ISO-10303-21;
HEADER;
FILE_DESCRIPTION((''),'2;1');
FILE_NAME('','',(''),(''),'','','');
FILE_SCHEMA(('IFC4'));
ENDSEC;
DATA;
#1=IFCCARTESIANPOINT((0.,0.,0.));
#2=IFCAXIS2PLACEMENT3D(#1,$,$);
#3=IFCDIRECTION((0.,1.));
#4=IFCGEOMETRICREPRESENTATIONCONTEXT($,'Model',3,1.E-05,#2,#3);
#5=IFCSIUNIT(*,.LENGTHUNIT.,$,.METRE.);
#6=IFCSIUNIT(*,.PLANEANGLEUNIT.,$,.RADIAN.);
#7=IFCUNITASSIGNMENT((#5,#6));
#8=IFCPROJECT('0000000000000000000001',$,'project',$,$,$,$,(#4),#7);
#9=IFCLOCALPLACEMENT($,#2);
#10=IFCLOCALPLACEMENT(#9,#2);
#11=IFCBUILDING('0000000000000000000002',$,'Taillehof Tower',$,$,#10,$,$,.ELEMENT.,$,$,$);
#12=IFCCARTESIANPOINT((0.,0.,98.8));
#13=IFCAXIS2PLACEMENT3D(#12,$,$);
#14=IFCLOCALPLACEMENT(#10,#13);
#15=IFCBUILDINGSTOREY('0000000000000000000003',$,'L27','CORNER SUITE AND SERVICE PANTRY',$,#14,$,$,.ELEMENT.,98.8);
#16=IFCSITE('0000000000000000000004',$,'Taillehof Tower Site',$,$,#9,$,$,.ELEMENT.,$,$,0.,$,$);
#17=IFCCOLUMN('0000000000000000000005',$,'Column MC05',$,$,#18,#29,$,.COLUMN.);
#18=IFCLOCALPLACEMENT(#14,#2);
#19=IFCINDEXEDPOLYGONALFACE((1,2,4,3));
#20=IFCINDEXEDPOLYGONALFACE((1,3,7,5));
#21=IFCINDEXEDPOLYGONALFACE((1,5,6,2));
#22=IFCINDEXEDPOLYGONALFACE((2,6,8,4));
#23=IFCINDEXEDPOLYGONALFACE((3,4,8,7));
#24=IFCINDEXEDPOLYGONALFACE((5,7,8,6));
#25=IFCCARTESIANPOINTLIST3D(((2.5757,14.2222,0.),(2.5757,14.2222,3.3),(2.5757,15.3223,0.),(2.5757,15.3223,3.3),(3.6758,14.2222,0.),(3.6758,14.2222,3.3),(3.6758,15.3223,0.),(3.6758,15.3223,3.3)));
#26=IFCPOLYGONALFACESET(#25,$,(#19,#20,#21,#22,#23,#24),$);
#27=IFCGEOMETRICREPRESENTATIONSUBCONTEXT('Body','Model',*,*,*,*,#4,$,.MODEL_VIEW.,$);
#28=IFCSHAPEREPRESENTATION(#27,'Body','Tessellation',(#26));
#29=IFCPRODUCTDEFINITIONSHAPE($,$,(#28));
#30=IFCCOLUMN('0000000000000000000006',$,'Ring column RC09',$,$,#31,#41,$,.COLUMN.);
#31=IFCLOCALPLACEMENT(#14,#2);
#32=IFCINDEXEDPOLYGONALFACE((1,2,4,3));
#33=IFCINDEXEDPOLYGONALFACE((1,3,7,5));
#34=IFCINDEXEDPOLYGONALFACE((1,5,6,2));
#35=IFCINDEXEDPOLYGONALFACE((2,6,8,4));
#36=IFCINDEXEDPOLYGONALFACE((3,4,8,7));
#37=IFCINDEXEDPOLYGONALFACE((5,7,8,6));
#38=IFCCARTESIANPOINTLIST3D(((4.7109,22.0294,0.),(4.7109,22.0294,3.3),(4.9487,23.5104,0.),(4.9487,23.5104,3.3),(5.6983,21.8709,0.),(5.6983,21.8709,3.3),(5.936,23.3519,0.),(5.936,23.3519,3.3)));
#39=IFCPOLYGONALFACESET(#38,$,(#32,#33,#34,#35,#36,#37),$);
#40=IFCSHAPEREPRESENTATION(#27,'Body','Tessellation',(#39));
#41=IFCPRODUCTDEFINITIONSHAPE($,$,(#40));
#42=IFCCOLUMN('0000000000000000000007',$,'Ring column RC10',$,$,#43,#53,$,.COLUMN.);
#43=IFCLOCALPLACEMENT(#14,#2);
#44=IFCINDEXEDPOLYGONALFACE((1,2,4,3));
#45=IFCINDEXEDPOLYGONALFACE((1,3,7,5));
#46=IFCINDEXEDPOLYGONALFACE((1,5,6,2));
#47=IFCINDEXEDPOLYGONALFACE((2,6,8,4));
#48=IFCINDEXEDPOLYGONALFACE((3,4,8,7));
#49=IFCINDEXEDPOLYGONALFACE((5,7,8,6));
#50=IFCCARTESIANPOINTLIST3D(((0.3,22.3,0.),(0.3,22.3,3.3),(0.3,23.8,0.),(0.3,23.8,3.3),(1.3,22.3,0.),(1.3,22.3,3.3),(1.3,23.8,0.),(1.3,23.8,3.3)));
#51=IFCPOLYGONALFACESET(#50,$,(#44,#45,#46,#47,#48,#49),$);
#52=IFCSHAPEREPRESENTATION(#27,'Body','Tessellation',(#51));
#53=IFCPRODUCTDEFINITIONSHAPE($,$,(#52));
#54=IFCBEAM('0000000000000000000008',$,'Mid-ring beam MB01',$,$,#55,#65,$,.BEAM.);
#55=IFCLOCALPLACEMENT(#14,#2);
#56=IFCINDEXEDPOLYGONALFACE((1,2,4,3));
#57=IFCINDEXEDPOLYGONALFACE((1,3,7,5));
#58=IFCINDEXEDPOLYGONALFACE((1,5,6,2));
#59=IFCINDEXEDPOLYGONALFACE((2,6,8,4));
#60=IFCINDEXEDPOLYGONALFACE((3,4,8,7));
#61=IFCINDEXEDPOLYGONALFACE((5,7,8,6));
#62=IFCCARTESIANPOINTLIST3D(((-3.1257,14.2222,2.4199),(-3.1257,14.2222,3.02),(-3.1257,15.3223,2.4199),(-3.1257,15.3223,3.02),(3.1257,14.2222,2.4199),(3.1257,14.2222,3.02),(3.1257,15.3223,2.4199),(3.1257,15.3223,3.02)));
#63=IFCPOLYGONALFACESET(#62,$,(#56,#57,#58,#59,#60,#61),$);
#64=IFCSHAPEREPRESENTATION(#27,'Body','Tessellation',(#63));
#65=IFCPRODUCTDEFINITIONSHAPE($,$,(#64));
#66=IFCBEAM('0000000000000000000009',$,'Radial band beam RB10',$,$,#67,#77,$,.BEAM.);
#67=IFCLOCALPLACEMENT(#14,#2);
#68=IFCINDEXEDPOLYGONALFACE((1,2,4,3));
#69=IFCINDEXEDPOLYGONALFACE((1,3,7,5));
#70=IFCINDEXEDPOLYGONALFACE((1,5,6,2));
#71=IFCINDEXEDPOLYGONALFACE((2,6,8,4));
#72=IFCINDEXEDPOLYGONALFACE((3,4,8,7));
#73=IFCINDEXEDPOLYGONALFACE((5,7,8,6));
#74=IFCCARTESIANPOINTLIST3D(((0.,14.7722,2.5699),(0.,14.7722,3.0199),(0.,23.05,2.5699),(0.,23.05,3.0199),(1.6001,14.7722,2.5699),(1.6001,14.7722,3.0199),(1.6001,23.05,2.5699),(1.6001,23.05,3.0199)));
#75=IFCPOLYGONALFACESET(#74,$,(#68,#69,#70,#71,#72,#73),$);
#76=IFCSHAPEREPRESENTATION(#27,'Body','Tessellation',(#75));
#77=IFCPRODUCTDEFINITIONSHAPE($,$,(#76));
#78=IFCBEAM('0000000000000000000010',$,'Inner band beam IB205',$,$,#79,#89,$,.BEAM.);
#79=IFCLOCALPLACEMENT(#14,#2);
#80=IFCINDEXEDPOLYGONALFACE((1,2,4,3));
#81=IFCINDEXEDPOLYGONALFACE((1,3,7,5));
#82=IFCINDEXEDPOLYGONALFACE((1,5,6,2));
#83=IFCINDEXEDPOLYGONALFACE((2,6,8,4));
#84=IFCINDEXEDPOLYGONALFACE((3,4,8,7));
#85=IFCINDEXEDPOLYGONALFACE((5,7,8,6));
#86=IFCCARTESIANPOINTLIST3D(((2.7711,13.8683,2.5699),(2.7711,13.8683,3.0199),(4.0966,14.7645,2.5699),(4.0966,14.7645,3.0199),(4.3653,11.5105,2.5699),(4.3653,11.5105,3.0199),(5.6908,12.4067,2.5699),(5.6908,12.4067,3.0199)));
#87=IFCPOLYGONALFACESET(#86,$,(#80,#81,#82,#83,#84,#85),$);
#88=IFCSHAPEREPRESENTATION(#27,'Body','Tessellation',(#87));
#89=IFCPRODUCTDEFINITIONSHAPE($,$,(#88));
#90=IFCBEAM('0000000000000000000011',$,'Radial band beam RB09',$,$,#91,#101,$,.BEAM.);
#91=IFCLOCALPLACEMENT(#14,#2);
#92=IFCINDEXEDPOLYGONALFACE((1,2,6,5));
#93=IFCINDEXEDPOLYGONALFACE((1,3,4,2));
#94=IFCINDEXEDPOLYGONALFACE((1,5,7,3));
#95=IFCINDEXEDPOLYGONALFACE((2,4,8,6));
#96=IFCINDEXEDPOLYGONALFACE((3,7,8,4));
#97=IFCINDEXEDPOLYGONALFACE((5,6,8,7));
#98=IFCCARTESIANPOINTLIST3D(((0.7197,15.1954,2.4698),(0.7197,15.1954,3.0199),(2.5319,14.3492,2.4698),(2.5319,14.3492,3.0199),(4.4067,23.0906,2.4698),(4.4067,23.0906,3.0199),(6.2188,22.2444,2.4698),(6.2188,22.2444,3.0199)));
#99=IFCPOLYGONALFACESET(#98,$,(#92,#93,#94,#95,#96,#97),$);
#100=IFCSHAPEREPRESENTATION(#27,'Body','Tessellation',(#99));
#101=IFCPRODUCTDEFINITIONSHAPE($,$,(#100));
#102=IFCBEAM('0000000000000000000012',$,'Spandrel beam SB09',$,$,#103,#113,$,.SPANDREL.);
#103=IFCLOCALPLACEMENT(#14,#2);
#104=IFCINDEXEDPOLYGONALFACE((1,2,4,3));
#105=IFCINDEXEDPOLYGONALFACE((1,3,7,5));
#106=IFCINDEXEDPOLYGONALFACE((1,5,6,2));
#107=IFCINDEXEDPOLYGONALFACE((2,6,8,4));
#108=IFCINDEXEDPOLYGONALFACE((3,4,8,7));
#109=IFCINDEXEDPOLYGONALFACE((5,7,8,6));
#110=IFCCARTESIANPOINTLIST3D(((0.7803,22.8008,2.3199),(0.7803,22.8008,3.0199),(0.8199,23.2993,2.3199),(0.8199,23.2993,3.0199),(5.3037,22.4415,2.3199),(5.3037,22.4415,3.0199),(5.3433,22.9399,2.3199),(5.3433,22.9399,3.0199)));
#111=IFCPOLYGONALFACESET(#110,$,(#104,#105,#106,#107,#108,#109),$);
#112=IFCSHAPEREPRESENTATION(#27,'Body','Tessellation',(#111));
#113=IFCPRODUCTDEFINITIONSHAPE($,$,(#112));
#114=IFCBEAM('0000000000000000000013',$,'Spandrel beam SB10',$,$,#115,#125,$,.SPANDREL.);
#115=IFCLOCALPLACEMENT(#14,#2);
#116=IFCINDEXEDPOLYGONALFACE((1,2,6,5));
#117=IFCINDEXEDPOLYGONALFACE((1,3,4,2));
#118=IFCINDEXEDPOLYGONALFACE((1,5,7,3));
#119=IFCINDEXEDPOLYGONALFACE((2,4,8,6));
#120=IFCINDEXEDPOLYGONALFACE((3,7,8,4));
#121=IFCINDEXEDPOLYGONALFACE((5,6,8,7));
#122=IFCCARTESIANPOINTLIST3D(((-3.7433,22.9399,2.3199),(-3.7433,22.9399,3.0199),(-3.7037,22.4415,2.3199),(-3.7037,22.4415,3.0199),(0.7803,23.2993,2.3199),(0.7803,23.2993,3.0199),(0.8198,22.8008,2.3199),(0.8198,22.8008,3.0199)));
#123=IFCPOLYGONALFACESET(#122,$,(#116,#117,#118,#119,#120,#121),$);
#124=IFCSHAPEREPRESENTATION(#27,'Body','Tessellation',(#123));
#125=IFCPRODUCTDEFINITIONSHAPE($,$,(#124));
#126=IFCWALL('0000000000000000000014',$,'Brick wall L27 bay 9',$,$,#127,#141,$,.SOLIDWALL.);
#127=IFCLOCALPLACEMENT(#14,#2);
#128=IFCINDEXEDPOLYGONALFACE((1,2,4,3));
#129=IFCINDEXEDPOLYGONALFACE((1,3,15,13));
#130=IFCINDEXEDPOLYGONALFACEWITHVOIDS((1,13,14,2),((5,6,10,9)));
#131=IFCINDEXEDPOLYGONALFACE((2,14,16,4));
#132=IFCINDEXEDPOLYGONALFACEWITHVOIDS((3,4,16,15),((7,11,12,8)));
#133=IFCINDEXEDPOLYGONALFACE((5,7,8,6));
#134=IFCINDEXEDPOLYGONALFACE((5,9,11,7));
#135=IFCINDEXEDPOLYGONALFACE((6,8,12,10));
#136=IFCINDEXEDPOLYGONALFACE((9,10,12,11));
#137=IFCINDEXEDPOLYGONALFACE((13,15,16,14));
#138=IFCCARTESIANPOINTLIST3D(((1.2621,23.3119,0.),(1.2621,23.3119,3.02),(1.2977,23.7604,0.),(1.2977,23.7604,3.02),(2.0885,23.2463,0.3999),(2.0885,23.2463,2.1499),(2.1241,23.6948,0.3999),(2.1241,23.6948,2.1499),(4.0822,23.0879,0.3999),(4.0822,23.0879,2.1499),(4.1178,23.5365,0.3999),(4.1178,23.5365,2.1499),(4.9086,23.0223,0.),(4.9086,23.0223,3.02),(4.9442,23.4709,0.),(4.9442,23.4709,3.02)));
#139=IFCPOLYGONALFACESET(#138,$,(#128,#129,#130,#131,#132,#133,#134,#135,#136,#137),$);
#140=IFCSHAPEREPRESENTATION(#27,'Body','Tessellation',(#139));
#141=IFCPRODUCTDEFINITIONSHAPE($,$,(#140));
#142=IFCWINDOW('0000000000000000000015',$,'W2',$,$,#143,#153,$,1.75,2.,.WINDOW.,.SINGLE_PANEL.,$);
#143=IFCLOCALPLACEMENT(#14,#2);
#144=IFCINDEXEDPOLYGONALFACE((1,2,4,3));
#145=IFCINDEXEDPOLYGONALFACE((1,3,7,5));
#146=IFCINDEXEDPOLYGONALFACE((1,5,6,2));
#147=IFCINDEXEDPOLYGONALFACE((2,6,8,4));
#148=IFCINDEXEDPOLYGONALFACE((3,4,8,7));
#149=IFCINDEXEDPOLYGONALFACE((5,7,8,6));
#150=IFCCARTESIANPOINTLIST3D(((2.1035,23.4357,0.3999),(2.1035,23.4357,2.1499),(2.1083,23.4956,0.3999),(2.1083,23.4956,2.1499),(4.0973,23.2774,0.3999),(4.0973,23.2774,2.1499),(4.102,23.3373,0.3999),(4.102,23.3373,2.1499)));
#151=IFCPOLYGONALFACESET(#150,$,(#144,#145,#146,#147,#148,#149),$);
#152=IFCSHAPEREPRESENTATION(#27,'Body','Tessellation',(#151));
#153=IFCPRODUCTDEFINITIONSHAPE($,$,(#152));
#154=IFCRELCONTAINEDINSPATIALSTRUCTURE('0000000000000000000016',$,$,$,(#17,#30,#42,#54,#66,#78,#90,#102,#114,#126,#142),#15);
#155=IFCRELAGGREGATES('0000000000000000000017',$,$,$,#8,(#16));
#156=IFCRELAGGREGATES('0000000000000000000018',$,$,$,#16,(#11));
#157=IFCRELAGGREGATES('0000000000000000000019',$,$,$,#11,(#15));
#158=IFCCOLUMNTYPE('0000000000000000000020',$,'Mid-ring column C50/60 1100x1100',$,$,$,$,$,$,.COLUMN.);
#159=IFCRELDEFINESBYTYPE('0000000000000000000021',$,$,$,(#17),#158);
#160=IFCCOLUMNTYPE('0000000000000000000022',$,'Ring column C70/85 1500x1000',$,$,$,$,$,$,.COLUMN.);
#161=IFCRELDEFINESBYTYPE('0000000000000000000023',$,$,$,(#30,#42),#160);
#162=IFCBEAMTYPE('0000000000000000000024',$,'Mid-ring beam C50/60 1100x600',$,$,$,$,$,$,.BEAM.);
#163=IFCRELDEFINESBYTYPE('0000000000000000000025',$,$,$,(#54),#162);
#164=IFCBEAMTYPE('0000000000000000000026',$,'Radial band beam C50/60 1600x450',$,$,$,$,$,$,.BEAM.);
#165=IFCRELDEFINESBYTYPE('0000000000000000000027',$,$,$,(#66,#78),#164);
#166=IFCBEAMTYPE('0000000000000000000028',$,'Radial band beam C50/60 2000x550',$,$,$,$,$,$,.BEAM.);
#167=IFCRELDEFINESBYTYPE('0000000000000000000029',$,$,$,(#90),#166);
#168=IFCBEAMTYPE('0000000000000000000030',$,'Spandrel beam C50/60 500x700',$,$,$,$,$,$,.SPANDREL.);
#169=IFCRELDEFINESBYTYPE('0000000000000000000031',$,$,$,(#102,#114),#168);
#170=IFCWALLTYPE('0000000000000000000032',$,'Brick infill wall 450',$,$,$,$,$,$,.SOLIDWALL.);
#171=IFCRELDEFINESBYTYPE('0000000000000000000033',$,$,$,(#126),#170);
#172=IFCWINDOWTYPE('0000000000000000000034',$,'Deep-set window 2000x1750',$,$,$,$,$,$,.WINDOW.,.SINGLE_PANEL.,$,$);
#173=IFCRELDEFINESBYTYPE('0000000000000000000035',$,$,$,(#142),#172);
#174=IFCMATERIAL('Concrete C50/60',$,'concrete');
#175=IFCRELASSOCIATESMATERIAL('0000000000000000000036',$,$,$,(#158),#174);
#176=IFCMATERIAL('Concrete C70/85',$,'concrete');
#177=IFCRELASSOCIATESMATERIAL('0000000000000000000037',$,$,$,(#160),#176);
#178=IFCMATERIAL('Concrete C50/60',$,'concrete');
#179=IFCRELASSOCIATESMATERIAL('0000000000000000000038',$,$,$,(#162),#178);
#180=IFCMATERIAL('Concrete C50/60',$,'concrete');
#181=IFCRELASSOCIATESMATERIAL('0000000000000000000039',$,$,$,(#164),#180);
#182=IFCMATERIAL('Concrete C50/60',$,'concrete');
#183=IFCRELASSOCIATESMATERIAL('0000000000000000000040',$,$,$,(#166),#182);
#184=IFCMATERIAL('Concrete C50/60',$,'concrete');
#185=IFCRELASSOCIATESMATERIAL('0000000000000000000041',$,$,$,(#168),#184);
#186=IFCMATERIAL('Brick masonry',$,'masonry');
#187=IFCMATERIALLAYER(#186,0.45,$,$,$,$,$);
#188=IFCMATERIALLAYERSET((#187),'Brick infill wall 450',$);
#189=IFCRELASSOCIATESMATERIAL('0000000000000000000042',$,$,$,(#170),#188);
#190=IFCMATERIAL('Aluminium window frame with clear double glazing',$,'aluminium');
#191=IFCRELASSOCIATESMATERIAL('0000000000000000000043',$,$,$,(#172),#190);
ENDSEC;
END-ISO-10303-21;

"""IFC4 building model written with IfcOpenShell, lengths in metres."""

from ifc_helpers import new_model, si_unit, direction, frame, frame_2d, origin, origin_2d, place, context, subcontext, project, spatial, rectangle, extrude, material, layer, layer_set, material_profile, profile_set, type_object, element, fill, save


model = new_model("IFC4")

# Units and contexts
model_context = context("Model", 3, precision=1e-05, world=origin(), true_north=direction((0.0, 1.0)))
body_context = subcontext(model_context, "Body", "Model", "MODEL_VIEW")
ifc_project = project(units=[si_unit("LENGTHUNIT", "METRE"), si_unit("PLANEANGLEUNIT", "RADIAN")], contexts=[model_context])

# Site, building, storey
site_placement = place(None, origin())
site = spatial("IfcSite", under=ifc_project, at=site_placement, Name="Taillehof Tower Site", CompositionType="ELEMENT", RefElevation=0.0)
building_placement = place(site_placement, origin())
building = spatial("IfcBuilding", under=site, at=building_placement, Name="Taillehof Tower", CompositionType="ELEMENT")
storey_placement = place(building_placement, frame((0.0, 0.0, 98.8)))
storey = spatial("IfcBuildingStorey", under=building, at=storey_placement, Name="L27", Description="CORNER SUITE AND SERVICE PANTRY", CompositionType="ELEMENT", Elevation=98.8)

# Columns
ifc_material_1 = material(Name="Concrete C50/60", Category="concrete")
ifc_material_profile_1 = material_profile(ifc_material_1, rectangle(XDim=1.1001, YDim=1.1001, at=origin_2d()), Name="RC 1100x1100")
ifc_profile_set_1 = profile_set([ifc_material_profile_1], Name="Concrete C50/60")
column_type_1 = type_object("IfcColumnType", Name="Mid-ring column C50/60 1100x1100", PredefinedType="COLUMN", material=ifc_profile_set_1)
column_placement = place(storey_placement, frame((3.1257, 14.7722, 0.0), z_axis=(0.0, 0.0, 1.0), x_axis=(1.0, 0.0, 0.0)))
element("IfcColumn", 1, at=column_placement, inside=storey, type_object=column_type_1, Name="Column MC05", PredefinedType="COLUMN", context=body_context, shape_type="SweptSolid", body=[
    extrude(rectangle(XDim=1.1001, YDim=1.1001, at=origin_2d()), origin(), (0.0, 0.0, 1.0), 3.3),
])
ifc_material_2 = material(Name="Concrete C70/85", Category="concrete")
ifc_material_profile_2 = material_profile(ifc_material_2, rectangle(XDim=1.5, YDim=1.0, at=origin_2d()), Name="RC 1500x1000")
ifc_profile_set_2 = profile_set([ifc_material_profile_2], Name="Concrete C70/85")
column_type_2 = type_object("IfcColumnType", Name="Ring column C70/85 1500x1000", PredefinedType="COLUMN", material=ifc_profile_set_2)
for number, where, z_axis, x_axis, name in (
    (2, (5.3235, 22.6907, 0.0), (0.0, 0.0, 1.0), (0.158507, 0.987358, 0.0), "Ring column RC09"),
    (3, (0.8, 23.05, 0.0), (0.0, 0.0, 1.0), (0.0, 1.0, 0.0), "Ring column RC10"),
):
    element("IfcColumn", number, at=place(storey_placement, frame(where, z_axis=z_axis, x_axis=x_axis)), inside=storey, type_object=column_type_2, Name=name, PredefinedType="COLUMN", context=body_context, shape_type="SweptSolid", body=[
        extrude(rectangle(XDim=1.5, YDim=1.0, at=origin_2d()), origin(), (0.0, 0.0, 1.0), 3.3),
    ])

# Beams
ifc_material_3 = material(Name="Concrete C50/60", Category="concrete")
ifc_material_profile_3 = material_profile(ifc_material_3, rectangle(XDim=1.1001, YDim=0.6001, at=origin_2d()), Name="RC 1100x600")
ifc_profile_set_3 = profile_set([ifc_material_profile_3], Name="Concrete C50/60")
beam_type_1 = type_object("IfcBeamType", Name="Mid-ring beam C50/60 1100x600", PredefinedType="BEAM", material=ifc_profile_set_3)
beam_1_placement = place(storey_placement, frame((3.1257, 14.7722, 2.72), z_axis=(-1.0, 0.0, 0.0), x_axis=(0.0, -1.0, 0.0)))
element("IfcBeam", 4, at=beam_1_placement, inside=storey, type_object=beam_type_1, Name="Mid-ring beam MB01", PredefinedType="BEAM", context=body_context, shape_type="SweptSolid", body=[
    extrude(rectangle(XDim=1.1001, YDim=0.6001, at=origin_2d()), origin(), (0.0, 0.0, 1.0), 6.2515),
])
ifc_material_4 = material(Name="Concrete C50/60", Category="concrete")
ifc_material_profile_4 = material_profile(ifc_material_4, rectangle(XDim=1.6001, YDim=0.45, at=origin_2d()), Name="RC 1600x450")
ifc_profile_set_4 = profile_set([ifc_material_profile_4], Name="Concrete C50/60")
beam_type_2 = type_object("IfcBeamType", Name="Radial band beam C50/60 1600x450", PredefinedType="BEAM", material=ifc_profile_set_4)
beam_2_placement = place(storey_placement, frame((0.8, 23.05, 2.7949), z_axis=(0.0, -1.0, 0.0), x_axis=(1.0, 0.0, 0.0)))
element("IfcBeam", 5, at=beam_2_placement, inside=storey, type_object=beam_type_2, Name="Radial band beam RB10", PredefinedType="BEAM", context=body_context, shape_type="SweptSolid", body=[
    extrude(rectangle(XDim=1.6001, YDim=0.45, at=origin_2d()), origin(), (0.0, 0.0, 1.0), 8.2778),
])
beam_3_placement = place(storey_placement, frame((3.4338, 14.3164, 2.7949), z_axis=(0.560112, -0.828417, 0.0), x_axis=(0.828417, 0.560112, 0.0)))
element("IfcBeam", 6, at=beam_3_placement, inside=storey, type_object=beam_type_2, Name="Inner band beam IB205", PredefinedType="BEAM", context=body_context, shape_type="SweptSolid", body=[
    extrude(rectangle(XDim=1.6001, YDim=0.45, at=origin_2d()), origin(), (0.0, 0.0, 1.0), 2.8462),
])
ifc_material_5 = material(Name="Concrete C50/60", Category="concrete")
ifc_material_profile_5 = material_profile(ifc_material_5, rectangle(XDim=2.0, YDim=0.55, at=origin_2d()), Name="RC 2000x550")
ifc_profile_set_5 = profile_set([ifc_material_profile_5], Name="Concrete C50/60")
beam_type_3 = type_object("IfcBeamType", Name="Radial band beam C50/60 2000x550", PredefinedType="BEAM", material=ifc_profile_set_5)
beam_4_placement = place(storey_placement, frame((5.3127, 22.6675, 2.7449), z_axis=(-0.423126, -0.906071, 0.0), x_axis=(0.906071, -0.423126, 0.0)))
element("IfcBeam", 7, at=beam_4_placement, inside=storey, type_object=beam_type_3, Name="Radial band beam RB09", PredefinedType="BEAM", context=body_context, shape_type="SweptSolid", body=[
    extrude(rectangle(XDim=2.0, YDim=0.55, at=origin_2d()), origin(), (0.0, 0.0, 1.0), 8.7136),
])
ifc_material_6 = material(Name="Concrete C50/60", Category="concrete")
ifc_material_profile_6 = material_profile(ifc_material_6, rectangle(XDim=0.5, YDim=0.7, at=origin_2d()), Name="RC 500x700")
ifc_profile_set_6 = profile_set([ifc_material_profile_6], Name="Concrete C50/60")
beam_type_4 = type_object("IfcBeamType", Name="Spandrel beam C50/60 500x700", PredefinedType="SPANDREL", material=ifc_profile_set_6)
beam_5_placement = place(storey_placement, frame((5.3235, 22.6907, 2.6699), z_axis=(-0.996859, 0.079198, 0.0), x_axis=(-0.079198, -0.996859, 0.0)))
element("IfcBeam", 8, at=beam_5_placement, inside=storey, type_object=beam_type_4, Name="Spandrel beam SB09", PredefinedType="SPANDREL", context=body_context, shape_type="SweptSolid", body=[
    extrude(rectangle(XDim=0.5, YDim=0.7, at=origin_2d()), origin(), (0.0, 0.0, 1.0), 4.5376),
])
beam_6_placement = place(storey_placement, frame((0.8, 23.05, 2.6699), z_axis=(-0.996859, -0.079194, 0.0), x_axis=(0.079194, -0.996859, 0.0)))
element("IfcBeam", 9, at=beam_6_placement, inside=storey, type_object=beam_type_4, Name="Spandrel beam SB10", PredefinedType="SPANDREL", context=body_context, shape_type="SweptSolid", body=[
    extrude(rectangle(XDim=0.5, YDim=0.7, at=origin_2d()), origin(), (0.0, 0.0, 1.0), 4.5378),
])

# Wall, opening, window
ifc_material_7 = material(Name="Brick masonry", Category="masonry")
ifc_layer_1 = layer(ifc_material_7, 0.45)
ifc_layer_set_1 = layer_set([ifc_layer_1], Name="Brick infill wall 450")
wall_type_1 = type_object("IfcWallType", Name="Brick infill wall 450", PredefinedType="SOLIDWALL", material=ifc_layer_set_1)
wall_1_placement = place(storey_placement, frame((4.9265, 23.2466, 0.0), z_axis=(0.0, 0.0, 1.0), x_axis=(-0.996862, 0.079156, 0.0)))
wall_1 = element("IfcWall", 10, at=wall_1_placement, inside=storey, type_object=wall_type_1, Name="Brick wall L27 bay 9", PredefinedType="SOLIDWALL", context=body_context, shape_type="SweptSolid", body=[
    extrude(rectangle(XDim=3.658, YDim=0.45, at=frame_2d((1.8291, 0.0))), origin(), (0.0, 0.0, 1.0), 3.02),
])
opening_1_placement = place(wall_1_placement, frame((0.8291, 0.0, 0.3999)))
opening_1 = element("IfcOpeningElement", 11, at=opening_1_placement, cuts=wall_1, PredefinedType="OPENING", context=body_context, shape_type="SweptSolid", body=[
    extrude(rectangle(XDim=2.0, YDim=1.75, at=frame_2d((1.0, 0.875))), frame((0.0, 0.2349, 0.0), z_axis=(0.0, -1.0, 0.0), x_axis=(1.0, 0.0, 0.0)), (0.0, 0.0, 1.0), 0.47),
])
ifc_material_8 = material(Name="Aluminium window frame with clear double glazing", Category="aluminium")
window_type_1 = type_object("IfcWindowType", Name="Deep-set window 2000x1750", PartitioningType="SINGLE_PANEL", PredefinedType="WINDOW", material=ifc_material_8)
window_1_placement = place(opening_1_placement, origin())
window_1 = element("IfcWindow", 12, at=window_1_placement, inside=storey, type_object=window_type_1, Name="W2", OverallHeight=1.75, OverallWidth=2.0, PartitioningType="SINGLE_PANEL", PredefinedType="WINDOW", context=body_context, shape_type="SweptSolid", body=[
    extrude(rectangle(XDim=2.0, YDim=1.75, at=frame_2d((1.0, 0.875))), frame((0.0, 0.0349, 0.0), z_axis=(0.0, -1.0, 0.0), x_axis=(1.0, 0.0, 0.0)), (0.0, 0.0, 1.0), 0.0601),
])
fill(opening_1, window_1)

save(model, "model.ifc")
